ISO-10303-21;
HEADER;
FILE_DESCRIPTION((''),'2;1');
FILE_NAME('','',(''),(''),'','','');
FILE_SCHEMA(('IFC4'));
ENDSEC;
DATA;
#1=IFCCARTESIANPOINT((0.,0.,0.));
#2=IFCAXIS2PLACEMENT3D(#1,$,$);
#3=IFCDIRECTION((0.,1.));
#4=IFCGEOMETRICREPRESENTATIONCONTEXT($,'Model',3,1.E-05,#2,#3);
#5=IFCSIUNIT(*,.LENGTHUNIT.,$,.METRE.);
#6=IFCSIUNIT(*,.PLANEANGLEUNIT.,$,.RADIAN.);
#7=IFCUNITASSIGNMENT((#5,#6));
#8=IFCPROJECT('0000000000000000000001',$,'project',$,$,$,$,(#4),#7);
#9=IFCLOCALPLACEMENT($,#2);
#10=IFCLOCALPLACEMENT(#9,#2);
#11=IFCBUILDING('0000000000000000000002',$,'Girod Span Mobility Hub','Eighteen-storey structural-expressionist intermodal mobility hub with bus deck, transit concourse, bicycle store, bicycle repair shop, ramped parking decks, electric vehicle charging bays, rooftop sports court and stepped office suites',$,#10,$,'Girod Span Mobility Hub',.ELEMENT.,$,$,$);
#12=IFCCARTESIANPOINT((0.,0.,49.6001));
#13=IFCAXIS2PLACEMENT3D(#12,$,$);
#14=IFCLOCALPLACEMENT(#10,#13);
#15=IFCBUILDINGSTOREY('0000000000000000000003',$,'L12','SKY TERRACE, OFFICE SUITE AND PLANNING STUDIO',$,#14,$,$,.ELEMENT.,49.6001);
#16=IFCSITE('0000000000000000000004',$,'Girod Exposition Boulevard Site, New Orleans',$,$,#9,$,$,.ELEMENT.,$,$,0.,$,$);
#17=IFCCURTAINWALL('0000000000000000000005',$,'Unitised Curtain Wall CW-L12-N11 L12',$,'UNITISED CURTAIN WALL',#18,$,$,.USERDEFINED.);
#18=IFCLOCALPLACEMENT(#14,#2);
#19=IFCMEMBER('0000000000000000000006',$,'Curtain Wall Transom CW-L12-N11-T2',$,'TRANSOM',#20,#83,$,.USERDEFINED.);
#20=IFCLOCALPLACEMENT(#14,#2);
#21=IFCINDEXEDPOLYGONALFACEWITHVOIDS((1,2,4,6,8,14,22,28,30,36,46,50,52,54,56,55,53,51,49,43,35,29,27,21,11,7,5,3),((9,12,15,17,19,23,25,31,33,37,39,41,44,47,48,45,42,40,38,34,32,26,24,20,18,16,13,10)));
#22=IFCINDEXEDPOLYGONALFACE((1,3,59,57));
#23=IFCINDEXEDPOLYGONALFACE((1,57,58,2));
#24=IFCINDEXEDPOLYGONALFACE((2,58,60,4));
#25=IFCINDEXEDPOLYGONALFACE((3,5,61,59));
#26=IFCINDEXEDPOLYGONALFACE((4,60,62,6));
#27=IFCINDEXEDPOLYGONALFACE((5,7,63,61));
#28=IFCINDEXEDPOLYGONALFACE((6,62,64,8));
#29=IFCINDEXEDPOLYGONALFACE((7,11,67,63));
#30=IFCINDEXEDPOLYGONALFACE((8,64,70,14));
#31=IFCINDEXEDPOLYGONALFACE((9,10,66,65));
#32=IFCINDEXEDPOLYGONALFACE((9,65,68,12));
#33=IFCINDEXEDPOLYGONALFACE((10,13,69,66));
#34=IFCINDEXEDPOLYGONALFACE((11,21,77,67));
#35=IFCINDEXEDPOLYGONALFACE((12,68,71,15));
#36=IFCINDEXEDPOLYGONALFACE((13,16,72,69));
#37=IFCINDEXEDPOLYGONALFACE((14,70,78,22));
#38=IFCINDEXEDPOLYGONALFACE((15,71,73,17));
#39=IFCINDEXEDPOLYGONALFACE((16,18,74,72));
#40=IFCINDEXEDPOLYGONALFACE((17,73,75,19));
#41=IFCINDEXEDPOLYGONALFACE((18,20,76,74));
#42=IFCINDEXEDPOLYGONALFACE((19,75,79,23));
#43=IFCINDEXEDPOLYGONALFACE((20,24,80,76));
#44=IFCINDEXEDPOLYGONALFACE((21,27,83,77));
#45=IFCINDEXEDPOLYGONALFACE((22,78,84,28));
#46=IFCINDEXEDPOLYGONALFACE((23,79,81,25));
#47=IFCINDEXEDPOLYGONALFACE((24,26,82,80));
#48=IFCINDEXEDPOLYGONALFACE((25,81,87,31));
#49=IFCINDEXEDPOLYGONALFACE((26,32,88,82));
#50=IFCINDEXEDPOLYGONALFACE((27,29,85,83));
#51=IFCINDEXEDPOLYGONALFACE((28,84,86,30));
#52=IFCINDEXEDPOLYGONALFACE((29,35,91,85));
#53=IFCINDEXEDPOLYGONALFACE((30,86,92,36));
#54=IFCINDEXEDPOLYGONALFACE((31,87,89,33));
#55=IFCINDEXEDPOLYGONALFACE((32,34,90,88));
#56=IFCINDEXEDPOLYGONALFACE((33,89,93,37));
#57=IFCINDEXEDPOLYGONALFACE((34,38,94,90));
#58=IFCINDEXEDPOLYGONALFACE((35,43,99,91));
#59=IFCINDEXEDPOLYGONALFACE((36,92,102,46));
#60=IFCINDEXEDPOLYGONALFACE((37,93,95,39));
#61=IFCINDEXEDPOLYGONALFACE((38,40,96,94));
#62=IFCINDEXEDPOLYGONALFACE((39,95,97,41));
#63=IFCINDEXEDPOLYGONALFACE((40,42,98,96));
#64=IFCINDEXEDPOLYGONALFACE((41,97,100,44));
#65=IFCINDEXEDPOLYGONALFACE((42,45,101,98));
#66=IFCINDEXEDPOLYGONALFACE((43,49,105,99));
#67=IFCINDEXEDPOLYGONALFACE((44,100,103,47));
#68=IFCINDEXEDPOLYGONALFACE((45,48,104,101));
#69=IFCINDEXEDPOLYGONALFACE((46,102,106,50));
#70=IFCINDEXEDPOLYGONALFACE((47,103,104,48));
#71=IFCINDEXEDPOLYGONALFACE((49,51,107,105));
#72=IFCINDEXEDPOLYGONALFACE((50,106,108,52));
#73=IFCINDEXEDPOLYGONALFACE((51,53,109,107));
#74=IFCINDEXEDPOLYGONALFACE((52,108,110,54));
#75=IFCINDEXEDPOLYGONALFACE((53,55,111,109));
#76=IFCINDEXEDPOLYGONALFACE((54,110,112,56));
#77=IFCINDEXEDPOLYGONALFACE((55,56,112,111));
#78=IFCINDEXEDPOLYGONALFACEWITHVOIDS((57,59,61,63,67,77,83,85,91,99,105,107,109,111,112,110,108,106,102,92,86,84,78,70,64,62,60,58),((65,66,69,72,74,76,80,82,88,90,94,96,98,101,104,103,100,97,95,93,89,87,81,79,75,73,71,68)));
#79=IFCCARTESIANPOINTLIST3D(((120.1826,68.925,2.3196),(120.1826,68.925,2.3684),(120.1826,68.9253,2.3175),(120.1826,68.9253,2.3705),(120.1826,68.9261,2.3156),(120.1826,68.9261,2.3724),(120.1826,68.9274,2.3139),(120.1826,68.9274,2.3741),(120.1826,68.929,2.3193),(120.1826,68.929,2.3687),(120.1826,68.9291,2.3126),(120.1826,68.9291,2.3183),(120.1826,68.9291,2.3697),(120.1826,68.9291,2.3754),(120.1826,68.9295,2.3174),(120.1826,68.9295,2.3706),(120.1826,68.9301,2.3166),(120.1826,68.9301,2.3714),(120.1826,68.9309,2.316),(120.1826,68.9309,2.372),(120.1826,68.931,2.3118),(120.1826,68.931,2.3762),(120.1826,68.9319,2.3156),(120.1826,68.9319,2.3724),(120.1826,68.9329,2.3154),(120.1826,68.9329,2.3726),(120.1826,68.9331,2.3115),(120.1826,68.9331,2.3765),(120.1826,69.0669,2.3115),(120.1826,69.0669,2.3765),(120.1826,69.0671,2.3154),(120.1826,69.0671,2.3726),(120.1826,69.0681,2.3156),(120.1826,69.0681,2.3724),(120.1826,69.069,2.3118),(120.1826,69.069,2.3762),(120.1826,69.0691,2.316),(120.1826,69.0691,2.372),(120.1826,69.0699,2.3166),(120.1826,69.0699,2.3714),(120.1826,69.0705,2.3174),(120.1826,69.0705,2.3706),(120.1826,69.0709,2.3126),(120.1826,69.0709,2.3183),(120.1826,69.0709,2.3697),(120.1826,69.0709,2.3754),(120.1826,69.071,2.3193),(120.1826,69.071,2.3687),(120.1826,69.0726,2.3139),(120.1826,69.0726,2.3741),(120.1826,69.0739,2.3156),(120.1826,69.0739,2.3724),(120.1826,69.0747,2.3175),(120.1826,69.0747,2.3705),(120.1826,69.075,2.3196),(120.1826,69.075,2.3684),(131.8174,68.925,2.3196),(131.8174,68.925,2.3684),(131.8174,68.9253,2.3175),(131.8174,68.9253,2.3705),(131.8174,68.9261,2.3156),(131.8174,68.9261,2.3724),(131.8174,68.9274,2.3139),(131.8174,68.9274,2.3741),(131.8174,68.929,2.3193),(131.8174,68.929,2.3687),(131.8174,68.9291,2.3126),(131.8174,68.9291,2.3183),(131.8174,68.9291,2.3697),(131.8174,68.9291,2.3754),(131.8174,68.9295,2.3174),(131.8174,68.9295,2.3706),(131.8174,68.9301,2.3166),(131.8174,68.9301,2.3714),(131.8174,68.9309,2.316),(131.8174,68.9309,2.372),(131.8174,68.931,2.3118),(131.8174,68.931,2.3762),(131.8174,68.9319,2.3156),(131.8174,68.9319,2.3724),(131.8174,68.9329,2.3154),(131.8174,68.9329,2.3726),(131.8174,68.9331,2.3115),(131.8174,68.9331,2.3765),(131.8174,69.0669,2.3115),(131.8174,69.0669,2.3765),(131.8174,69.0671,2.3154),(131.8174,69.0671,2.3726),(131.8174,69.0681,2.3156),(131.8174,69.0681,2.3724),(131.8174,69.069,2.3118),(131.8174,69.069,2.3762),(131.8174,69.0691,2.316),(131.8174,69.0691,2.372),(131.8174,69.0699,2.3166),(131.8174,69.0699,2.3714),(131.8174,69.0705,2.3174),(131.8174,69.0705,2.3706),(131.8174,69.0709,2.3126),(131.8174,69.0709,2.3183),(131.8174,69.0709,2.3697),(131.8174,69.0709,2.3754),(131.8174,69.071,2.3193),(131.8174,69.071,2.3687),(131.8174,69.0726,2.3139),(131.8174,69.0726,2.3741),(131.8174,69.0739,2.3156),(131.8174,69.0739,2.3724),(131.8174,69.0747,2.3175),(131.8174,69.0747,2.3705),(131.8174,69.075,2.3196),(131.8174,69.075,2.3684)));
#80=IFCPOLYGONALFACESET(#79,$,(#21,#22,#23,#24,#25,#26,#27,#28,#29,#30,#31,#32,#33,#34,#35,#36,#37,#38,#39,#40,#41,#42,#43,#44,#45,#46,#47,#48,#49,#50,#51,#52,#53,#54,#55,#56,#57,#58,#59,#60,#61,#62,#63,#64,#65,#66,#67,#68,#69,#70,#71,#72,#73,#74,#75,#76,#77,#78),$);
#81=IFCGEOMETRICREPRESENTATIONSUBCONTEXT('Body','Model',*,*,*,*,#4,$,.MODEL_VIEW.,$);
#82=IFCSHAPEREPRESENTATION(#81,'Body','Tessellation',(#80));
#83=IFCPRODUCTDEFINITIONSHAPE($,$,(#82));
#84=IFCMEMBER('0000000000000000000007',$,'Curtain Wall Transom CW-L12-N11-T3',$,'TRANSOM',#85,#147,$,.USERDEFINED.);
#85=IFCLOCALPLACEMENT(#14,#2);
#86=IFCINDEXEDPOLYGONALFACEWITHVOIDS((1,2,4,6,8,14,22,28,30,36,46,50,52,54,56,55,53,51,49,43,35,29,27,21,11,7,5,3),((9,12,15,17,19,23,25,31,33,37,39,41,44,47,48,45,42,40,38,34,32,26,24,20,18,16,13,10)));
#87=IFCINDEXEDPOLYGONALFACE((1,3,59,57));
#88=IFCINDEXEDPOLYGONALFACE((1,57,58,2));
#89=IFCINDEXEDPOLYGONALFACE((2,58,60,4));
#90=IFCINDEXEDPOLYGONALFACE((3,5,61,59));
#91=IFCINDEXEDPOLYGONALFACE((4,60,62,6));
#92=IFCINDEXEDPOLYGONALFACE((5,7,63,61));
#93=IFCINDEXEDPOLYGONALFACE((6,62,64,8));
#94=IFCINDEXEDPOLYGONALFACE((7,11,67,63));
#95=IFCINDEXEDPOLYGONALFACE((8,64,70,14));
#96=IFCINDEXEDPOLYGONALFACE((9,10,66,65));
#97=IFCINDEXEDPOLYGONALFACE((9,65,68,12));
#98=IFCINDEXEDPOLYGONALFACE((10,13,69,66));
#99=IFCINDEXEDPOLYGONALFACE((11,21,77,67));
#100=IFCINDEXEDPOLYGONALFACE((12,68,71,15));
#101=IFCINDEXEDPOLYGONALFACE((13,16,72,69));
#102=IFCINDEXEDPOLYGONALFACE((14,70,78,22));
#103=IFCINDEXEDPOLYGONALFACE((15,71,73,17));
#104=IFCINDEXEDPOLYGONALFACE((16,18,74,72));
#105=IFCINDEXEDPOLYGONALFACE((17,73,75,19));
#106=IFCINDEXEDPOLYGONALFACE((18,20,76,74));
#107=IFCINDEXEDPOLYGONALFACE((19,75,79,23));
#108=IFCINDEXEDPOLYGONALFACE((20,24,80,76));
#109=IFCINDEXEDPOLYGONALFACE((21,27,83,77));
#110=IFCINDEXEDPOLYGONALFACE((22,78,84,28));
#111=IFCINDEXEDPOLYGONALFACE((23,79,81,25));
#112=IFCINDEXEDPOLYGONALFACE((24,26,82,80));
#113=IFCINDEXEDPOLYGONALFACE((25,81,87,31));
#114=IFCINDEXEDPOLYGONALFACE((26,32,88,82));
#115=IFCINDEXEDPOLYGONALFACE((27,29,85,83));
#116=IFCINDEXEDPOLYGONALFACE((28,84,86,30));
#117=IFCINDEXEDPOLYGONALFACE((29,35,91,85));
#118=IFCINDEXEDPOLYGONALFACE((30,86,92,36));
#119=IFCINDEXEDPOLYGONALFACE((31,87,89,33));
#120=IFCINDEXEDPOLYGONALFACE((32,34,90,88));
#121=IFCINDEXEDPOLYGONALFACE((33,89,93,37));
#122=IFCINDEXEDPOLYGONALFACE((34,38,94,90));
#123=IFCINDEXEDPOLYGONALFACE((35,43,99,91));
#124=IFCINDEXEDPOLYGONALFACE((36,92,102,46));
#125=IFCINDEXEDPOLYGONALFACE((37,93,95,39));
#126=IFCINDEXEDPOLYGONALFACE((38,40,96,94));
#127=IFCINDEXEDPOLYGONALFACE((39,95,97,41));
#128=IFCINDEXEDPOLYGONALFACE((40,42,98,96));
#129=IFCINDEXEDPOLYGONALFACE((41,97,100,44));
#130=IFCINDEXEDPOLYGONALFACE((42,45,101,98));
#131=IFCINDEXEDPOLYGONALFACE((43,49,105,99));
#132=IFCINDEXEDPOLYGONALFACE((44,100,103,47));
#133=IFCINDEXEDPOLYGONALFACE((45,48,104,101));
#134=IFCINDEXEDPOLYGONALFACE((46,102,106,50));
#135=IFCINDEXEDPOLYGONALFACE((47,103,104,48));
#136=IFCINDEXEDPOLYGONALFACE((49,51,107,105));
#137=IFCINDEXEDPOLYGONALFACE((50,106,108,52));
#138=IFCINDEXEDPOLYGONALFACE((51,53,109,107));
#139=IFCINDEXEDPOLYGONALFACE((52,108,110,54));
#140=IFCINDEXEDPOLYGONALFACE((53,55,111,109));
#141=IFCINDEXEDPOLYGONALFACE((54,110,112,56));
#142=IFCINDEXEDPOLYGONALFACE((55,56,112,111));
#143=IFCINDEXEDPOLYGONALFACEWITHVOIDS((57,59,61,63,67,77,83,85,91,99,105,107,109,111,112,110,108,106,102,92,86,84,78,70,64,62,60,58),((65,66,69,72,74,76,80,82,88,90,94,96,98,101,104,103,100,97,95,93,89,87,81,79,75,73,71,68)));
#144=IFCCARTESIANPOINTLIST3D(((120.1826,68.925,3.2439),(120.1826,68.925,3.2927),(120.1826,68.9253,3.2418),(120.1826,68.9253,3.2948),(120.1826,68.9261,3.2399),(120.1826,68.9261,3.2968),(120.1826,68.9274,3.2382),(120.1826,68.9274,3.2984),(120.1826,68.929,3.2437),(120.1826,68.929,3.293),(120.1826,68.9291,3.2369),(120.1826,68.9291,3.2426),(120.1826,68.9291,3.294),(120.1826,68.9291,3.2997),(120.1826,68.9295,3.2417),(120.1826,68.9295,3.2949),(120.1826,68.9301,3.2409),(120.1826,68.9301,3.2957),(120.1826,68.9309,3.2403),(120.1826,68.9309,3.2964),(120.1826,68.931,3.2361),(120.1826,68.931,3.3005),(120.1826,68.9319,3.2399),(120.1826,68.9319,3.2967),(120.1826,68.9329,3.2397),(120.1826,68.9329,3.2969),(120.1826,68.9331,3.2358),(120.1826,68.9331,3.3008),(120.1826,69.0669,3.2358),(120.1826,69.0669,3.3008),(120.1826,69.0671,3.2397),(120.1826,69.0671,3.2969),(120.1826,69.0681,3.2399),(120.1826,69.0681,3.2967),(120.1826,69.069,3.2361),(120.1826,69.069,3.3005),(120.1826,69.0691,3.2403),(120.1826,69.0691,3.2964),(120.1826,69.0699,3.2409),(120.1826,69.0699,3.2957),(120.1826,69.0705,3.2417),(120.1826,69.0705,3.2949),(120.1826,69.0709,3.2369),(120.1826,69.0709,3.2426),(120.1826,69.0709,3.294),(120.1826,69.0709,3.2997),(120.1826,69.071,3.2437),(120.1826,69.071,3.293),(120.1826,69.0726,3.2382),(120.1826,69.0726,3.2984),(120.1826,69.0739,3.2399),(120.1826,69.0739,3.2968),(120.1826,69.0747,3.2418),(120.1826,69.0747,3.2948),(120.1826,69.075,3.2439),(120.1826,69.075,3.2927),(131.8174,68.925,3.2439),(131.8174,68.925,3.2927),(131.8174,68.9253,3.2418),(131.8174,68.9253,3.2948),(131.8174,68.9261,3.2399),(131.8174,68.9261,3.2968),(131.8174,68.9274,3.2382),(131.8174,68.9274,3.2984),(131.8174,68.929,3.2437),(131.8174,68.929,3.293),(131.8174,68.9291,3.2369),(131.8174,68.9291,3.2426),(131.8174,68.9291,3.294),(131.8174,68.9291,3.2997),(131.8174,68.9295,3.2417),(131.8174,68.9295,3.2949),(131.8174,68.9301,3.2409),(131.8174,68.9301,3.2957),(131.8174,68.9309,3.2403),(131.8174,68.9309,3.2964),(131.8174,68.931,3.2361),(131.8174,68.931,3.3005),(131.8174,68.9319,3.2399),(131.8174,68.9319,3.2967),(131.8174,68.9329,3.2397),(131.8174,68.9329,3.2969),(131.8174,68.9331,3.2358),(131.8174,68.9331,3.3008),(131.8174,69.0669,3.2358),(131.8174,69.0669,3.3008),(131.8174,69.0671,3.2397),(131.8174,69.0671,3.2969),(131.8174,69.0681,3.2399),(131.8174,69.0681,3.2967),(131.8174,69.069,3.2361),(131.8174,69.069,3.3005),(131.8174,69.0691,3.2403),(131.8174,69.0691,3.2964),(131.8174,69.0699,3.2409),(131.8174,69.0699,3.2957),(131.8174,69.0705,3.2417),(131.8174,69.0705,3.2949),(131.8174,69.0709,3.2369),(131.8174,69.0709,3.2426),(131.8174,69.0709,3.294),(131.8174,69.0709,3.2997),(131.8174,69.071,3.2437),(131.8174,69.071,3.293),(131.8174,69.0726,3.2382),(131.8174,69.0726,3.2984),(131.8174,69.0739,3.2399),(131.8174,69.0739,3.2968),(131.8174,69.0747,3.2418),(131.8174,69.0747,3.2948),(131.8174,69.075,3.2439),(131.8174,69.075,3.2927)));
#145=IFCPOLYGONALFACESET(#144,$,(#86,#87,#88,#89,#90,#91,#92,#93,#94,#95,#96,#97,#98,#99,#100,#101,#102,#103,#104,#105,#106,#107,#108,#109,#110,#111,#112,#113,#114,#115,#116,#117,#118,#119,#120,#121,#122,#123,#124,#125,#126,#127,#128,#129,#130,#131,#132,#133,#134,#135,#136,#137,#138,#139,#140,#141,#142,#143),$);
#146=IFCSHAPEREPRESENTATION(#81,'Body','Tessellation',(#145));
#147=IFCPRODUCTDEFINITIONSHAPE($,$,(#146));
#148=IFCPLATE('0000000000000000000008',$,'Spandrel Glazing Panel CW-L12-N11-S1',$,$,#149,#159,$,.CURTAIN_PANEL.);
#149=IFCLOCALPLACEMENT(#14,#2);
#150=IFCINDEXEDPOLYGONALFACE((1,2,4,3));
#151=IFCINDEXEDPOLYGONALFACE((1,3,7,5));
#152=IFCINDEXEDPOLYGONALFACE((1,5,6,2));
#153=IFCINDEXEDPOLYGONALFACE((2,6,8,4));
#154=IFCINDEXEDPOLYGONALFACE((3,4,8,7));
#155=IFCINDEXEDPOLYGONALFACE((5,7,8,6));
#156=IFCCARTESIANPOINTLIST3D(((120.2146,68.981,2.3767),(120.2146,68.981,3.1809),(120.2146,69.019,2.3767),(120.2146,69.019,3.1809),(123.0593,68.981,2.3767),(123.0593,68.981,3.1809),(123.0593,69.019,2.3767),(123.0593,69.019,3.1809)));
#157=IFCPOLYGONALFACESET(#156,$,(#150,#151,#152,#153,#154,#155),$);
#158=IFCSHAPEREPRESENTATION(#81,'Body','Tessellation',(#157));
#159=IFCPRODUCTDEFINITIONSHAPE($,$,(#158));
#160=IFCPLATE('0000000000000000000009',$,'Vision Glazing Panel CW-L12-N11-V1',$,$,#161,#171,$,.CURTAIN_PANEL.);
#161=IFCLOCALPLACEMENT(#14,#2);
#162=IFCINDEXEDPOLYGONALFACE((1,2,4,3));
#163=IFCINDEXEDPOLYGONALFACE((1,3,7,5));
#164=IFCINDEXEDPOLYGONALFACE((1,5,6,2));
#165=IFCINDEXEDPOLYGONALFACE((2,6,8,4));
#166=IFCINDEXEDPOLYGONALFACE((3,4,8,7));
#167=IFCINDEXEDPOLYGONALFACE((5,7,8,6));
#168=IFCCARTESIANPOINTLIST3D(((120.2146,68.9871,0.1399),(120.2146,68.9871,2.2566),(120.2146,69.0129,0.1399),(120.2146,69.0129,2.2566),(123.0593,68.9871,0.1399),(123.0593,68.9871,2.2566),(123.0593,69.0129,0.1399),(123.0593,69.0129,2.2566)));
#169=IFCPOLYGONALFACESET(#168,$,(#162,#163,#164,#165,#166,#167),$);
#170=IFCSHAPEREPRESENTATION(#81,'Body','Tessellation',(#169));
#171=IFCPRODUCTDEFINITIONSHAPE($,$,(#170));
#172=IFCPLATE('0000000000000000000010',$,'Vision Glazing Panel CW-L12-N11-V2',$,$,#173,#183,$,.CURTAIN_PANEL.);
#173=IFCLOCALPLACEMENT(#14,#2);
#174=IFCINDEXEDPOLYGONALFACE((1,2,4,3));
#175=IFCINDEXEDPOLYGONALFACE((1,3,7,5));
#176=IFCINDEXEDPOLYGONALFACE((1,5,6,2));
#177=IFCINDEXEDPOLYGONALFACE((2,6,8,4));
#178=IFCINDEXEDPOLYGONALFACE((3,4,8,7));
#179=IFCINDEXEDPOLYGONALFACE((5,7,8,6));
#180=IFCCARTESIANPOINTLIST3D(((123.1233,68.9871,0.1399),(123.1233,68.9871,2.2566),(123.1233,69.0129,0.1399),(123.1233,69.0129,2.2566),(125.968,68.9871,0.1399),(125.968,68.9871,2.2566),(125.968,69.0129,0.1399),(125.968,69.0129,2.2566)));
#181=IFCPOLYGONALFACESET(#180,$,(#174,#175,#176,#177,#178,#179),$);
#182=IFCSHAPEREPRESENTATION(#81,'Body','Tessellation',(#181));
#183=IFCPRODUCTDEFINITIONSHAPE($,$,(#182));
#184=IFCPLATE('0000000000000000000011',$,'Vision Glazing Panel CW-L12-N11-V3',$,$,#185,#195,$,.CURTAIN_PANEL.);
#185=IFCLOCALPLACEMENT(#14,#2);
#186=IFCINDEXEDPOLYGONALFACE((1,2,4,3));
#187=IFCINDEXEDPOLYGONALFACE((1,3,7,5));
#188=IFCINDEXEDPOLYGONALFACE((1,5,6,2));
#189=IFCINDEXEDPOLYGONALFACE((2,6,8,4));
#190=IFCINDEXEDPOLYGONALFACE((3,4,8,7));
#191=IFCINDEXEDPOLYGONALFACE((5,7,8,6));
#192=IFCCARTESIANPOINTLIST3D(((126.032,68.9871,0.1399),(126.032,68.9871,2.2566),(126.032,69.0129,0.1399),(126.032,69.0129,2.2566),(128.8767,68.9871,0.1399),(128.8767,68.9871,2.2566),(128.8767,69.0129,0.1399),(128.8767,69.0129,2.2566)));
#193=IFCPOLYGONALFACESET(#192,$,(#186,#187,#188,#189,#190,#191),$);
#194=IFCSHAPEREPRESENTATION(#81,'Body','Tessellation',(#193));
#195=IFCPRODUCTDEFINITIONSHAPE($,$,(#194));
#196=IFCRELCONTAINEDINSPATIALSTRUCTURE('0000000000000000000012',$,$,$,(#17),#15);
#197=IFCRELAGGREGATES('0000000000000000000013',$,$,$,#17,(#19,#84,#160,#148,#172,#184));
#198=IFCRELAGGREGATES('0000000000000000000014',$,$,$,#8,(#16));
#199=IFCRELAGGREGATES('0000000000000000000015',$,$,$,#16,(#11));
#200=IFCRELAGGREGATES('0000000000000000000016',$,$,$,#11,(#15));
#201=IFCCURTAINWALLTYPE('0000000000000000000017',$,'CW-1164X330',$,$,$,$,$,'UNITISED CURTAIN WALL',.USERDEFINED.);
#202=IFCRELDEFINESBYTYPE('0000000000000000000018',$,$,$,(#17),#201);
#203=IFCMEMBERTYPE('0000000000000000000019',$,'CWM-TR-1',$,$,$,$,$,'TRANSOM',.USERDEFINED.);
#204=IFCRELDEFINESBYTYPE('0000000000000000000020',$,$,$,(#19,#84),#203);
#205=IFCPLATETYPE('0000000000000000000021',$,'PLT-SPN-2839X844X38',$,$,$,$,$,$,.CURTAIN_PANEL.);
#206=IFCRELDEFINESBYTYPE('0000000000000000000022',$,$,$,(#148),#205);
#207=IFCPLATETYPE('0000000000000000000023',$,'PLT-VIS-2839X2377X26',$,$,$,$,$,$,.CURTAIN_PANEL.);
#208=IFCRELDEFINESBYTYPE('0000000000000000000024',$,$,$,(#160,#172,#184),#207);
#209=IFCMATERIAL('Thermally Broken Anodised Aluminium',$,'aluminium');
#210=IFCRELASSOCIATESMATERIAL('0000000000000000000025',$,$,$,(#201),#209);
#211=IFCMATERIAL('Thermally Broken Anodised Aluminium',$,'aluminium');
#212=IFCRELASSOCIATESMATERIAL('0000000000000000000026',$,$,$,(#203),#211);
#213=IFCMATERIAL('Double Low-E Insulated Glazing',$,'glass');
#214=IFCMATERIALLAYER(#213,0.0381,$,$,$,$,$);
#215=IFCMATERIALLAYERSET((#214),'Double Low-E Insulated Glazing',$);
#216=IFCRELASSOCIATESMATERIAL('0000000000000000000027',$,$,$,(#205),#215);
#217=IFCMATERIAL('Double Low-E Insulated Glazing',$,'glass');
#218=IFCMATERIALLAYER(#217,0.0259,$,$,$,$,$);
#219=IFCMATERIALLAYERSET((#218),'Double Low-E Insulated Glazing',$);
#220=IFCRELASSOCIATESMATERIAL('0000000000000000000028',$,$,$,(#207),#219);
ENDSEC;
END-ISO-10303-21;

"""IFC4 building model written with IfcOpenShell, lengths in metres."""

from ifc_helpers import new_model, si_unit, direction, frame, origin, origin_2d, place, context, subcontext, project, spatial, rectangle, hollow_rectangle, extrude, material, layer, layer_set, material_profile, profile_set, type_object, element, aggregate, save


model = new_model("IFC4")

# Units and contexts
model_context = context("Model", 3, precision=1e-05, world=origin(), true_north=direction((0.0, 1.0)))
body_context = subcontext(model_context, "Body", "Model", "MODEL_VIEW")
ifc_project = project(units=[si_unit("LENGTHUNIT", "METRE"), si_unit("PLANEANGLEUNIT", "RADIAN")], contexts=[model_context])

# Site, building, storey
site_placement = place(None, origin())
site = spatial("IfcSite", under=ifc_project, at=site_placement, Name="Girod Exposition Boulevard Site, New Orleans", CompositionType="ELEMENT", RefElevation=0.0)
building_placement = place(site_placement, origin())
building = spatial("IfcBuilding", under=site, at=building_placement, Name="Girod Span Mobility Hub", Description="Eighteen-storey structural-expressionist intermodal mobility hub with bus deck, transit concourse, bicycle store, bicycle repair shop, ramped parking decks, electric vehicle charging bays, rooftop sports court and stepped office suites", LongName="Girod Span Mobility Hub", CompositionType="ELEMENT")
storey_placement = place(building_placement, frame((0.0, 0.0, 49.6001)))
storey = spatial("IfcBuildingStorey", under=building, at=storey_placement, Name="L12", Description="SKY TERRACE, OFFICE SUITE AND PLANNING STUDIO", CompositionType="ELEMENT", Elevation=49.6001)

# Curtain wall, members, plates
ifc_material_1 = material(Name="Thermally Broken Anodised Aluminium", Category="aluminium")
curtain_wall_type = type_object("IfcCurtainWallType", Name="CW-1164X330", ElementType="UNITISED CURTAIN WALL", PredefinedType="USERDEFINED", material=ifc_material_1)
curtain_wall_placement = place(storey_placement, origin())
curtain_wall = element("IfcCurtainWall", 1, at=curtain_wall_placement, inside=storey, type_object=curtain_wall_type, Name="Unitised Curtain Wall CW-L12-N11 L12", ObjectType="UNITISED CURTAIN WALL", PredefinedType="USERDEFINED")
ifc_material_2 = material(Name="Thermally Broken Anodised Aluminium", Category="aluminium")
ifc_material_profile_1 = material_profile(ifc_material_2, hollow_rectangle(XDim=0.1499, YDim=0.0649, WallThickness=0.0039, InnerFilletRadius=0.0039, OuterFilletRadius=0.0081, at=origin_2d()), Name="CW-TR-65X150")
ifc_profile_set_1 = profile_set([ifc_material_profile_1], Name="Thermally Broken Anodised Aluminium")
member_type_1 = type_object("IfcMemberType", Name="CWM-TR-1", ElementType="TRANSOM", PredefinedType="USERDEFINED", material=ifc_profile_set_1)
member_1_placement = place(storey_placement, frame((120.1826, 69.0, 2.344), z_axis=(1.0, 0.0, 0.0), x_axis=(0.0, 1.0, 0.0)))
member_1 = element("IfcMember", 2, at=member_1_placement, type_object=member_type_1, Name="Curtain Wall Transom CW-L12-N11-T2", ObjectType="TRANSOM", PredefinedType="USERDEFINED", context=body_context, shape_type="SweptSolid", body=[
    extrude(hollow_rectangle(XDim=0.1499, YDim=0.0649, WallThickness=0.0039, InnerFilletRadius=0.0039, OuterFilletRadius=0.0081, at=origin_2d()), origin(), (0.0, 0.0, 1.0), 11.6348),
])
member_2_placement = place(storey_placement, frame((120.1826, 69.0, 3.2683), z_axis=(1.0, 0.0, 0.0), x_axis=(0.0, 1.0, 0.0)))
member_2 = element("IfcMember", 3, at=member_2_placement, type_object=member_type_1, Name="Curtain Wall Transom CW-L12-N11-T3", ObjectType="TRANSOM", PredefinedType="USERDEFINED", context=body_context, shape_type="SweptSolid", body=[
    extrude(hollow_rectangle(XDim=0.1499, YDim=0.0649, WallThickness=0.0039, InnerFilletRadius=0.0039, OuterFilletRadius=0.0081, at=origin_2d()), origin(), (0.0, 0.0, 1.0), 11.6348),
])
ifc_material_3 = material(Name="Double Low-E Insulated Glazing", Category="glass")
ifc_layer_1 = layer(ifc_material_3, 0.0381)
ifc_layer_set_1 = layer_set([ifc_layer_1], Name="Double Low-E Insulated Glazing")
plate_type_1 = type_object("IfcPlateType", Name="PLT-SPN-2839X844X38", PredefinedType="CURTAIN_PANEL", material=ifc_layer_set_1)
plate_1_placement = place(storey_placement, frame((121.637, 69.0, 2.3767), z_axis=(0.0, 0.0, 1.0), x_axis=(1.0, 0.0, 0.0)))
plate_1 = element("IfcPlate", 4, at=plate_1_placement, type_object=plate_type_1, Name="Spandrel Glazing Panel CW-L12-N11-S1", PredefinedType="CURTAIN_PANEL", context=body_context, shape_type="SweptSolid", body=[
    extrude(rectangle(XDim=2.8447, YDim=0.0381, at=origin_2d()), origin(), (0.0, 0.0, 1.0), 0.8042),
])
ifc_material_4 = material(Name="Double Low-E Insulated Glazing", Category="glass")
ifc_layer_2 = layer(ifc_material_4, 0.0259)
ifc_layer_set_2 = layer_set([ifc_layer_2], Name="Double Low-E Insulated Glazing")
plate_type_2 = type_object("IfcPlateType", Name="PLT-VIS-2839X2377X26", PredefinedType="CURTAIN_PANEL", material=ifc_layer_set_2)
plate_2_placement = place(storey_placement, frame((121.637, 69.0, 0.1399), z_axis=(0.0, 0.0, 1.0), x_axis=(1.0, 0.0, 0.0)))
plate_2 = element("IfcPlate", 5, at=plate_2_placement, type_object=plate_type_2, Name="Vision Glazing Panel CW-L12-N11-V1", PredefinedType="CURTAIN_PANEL", context=body_context, shape_type="SweptSolid", body=[
    extrude(rectangle(XDim=2.8447, YDim=0.0259, at=origin_2d()), origin(), (0.0, 0.0, 1.0), 2.1167),
])
plate_3_placement = place(storey_placement, frame((124.5457, 69.0, 0.1399), z_axis=(0.0, 0.0, 1.0), x_axis=(1.0, 0.0, 0.0)))
plate_3 = element("IfcPlate", 6, at=plate_3_placement, type_object=plate_type_2, Name="Vision Glazing Panel CW-L12-N11-V2", PredefinedType="CURTAIN_PANEL", context=body_context, shape_type="SweptSolid", body=[
    extrude(rectangle(XDim=2.8447, YDim=0.0259, at=origin_2d()), origin(), (0.0, 0.0, 1.0), 2.1167),
])
plate_4_placement = place(storey_placement, frame((127.4543, 69.0, 0.1399), z_axis=(0.0, 0.0, 1.0), x_axis=(1.0, 0.0, 0.0)))
plate_4 = element("IfcPlate", 7, at=plate_4_placement, type_object=plate_type_2, Name="Vision Glazing Panel CW-L12-N11-V3", PredefinedType="CURTAIN_PANEL", context=body_context, shape_type="SweptSolid", body=[
    extrude(rectangle(XDim=2.8447, YDim=0.0259, at=origin_2d()), origin(), (0.0, 0.0, 1.0), 2.1167),
])
aggregate(curtain_wall, [member_1, member_2, plate_2, plate_1, plate_3, plate_4])

save(model, "model.ifc")
